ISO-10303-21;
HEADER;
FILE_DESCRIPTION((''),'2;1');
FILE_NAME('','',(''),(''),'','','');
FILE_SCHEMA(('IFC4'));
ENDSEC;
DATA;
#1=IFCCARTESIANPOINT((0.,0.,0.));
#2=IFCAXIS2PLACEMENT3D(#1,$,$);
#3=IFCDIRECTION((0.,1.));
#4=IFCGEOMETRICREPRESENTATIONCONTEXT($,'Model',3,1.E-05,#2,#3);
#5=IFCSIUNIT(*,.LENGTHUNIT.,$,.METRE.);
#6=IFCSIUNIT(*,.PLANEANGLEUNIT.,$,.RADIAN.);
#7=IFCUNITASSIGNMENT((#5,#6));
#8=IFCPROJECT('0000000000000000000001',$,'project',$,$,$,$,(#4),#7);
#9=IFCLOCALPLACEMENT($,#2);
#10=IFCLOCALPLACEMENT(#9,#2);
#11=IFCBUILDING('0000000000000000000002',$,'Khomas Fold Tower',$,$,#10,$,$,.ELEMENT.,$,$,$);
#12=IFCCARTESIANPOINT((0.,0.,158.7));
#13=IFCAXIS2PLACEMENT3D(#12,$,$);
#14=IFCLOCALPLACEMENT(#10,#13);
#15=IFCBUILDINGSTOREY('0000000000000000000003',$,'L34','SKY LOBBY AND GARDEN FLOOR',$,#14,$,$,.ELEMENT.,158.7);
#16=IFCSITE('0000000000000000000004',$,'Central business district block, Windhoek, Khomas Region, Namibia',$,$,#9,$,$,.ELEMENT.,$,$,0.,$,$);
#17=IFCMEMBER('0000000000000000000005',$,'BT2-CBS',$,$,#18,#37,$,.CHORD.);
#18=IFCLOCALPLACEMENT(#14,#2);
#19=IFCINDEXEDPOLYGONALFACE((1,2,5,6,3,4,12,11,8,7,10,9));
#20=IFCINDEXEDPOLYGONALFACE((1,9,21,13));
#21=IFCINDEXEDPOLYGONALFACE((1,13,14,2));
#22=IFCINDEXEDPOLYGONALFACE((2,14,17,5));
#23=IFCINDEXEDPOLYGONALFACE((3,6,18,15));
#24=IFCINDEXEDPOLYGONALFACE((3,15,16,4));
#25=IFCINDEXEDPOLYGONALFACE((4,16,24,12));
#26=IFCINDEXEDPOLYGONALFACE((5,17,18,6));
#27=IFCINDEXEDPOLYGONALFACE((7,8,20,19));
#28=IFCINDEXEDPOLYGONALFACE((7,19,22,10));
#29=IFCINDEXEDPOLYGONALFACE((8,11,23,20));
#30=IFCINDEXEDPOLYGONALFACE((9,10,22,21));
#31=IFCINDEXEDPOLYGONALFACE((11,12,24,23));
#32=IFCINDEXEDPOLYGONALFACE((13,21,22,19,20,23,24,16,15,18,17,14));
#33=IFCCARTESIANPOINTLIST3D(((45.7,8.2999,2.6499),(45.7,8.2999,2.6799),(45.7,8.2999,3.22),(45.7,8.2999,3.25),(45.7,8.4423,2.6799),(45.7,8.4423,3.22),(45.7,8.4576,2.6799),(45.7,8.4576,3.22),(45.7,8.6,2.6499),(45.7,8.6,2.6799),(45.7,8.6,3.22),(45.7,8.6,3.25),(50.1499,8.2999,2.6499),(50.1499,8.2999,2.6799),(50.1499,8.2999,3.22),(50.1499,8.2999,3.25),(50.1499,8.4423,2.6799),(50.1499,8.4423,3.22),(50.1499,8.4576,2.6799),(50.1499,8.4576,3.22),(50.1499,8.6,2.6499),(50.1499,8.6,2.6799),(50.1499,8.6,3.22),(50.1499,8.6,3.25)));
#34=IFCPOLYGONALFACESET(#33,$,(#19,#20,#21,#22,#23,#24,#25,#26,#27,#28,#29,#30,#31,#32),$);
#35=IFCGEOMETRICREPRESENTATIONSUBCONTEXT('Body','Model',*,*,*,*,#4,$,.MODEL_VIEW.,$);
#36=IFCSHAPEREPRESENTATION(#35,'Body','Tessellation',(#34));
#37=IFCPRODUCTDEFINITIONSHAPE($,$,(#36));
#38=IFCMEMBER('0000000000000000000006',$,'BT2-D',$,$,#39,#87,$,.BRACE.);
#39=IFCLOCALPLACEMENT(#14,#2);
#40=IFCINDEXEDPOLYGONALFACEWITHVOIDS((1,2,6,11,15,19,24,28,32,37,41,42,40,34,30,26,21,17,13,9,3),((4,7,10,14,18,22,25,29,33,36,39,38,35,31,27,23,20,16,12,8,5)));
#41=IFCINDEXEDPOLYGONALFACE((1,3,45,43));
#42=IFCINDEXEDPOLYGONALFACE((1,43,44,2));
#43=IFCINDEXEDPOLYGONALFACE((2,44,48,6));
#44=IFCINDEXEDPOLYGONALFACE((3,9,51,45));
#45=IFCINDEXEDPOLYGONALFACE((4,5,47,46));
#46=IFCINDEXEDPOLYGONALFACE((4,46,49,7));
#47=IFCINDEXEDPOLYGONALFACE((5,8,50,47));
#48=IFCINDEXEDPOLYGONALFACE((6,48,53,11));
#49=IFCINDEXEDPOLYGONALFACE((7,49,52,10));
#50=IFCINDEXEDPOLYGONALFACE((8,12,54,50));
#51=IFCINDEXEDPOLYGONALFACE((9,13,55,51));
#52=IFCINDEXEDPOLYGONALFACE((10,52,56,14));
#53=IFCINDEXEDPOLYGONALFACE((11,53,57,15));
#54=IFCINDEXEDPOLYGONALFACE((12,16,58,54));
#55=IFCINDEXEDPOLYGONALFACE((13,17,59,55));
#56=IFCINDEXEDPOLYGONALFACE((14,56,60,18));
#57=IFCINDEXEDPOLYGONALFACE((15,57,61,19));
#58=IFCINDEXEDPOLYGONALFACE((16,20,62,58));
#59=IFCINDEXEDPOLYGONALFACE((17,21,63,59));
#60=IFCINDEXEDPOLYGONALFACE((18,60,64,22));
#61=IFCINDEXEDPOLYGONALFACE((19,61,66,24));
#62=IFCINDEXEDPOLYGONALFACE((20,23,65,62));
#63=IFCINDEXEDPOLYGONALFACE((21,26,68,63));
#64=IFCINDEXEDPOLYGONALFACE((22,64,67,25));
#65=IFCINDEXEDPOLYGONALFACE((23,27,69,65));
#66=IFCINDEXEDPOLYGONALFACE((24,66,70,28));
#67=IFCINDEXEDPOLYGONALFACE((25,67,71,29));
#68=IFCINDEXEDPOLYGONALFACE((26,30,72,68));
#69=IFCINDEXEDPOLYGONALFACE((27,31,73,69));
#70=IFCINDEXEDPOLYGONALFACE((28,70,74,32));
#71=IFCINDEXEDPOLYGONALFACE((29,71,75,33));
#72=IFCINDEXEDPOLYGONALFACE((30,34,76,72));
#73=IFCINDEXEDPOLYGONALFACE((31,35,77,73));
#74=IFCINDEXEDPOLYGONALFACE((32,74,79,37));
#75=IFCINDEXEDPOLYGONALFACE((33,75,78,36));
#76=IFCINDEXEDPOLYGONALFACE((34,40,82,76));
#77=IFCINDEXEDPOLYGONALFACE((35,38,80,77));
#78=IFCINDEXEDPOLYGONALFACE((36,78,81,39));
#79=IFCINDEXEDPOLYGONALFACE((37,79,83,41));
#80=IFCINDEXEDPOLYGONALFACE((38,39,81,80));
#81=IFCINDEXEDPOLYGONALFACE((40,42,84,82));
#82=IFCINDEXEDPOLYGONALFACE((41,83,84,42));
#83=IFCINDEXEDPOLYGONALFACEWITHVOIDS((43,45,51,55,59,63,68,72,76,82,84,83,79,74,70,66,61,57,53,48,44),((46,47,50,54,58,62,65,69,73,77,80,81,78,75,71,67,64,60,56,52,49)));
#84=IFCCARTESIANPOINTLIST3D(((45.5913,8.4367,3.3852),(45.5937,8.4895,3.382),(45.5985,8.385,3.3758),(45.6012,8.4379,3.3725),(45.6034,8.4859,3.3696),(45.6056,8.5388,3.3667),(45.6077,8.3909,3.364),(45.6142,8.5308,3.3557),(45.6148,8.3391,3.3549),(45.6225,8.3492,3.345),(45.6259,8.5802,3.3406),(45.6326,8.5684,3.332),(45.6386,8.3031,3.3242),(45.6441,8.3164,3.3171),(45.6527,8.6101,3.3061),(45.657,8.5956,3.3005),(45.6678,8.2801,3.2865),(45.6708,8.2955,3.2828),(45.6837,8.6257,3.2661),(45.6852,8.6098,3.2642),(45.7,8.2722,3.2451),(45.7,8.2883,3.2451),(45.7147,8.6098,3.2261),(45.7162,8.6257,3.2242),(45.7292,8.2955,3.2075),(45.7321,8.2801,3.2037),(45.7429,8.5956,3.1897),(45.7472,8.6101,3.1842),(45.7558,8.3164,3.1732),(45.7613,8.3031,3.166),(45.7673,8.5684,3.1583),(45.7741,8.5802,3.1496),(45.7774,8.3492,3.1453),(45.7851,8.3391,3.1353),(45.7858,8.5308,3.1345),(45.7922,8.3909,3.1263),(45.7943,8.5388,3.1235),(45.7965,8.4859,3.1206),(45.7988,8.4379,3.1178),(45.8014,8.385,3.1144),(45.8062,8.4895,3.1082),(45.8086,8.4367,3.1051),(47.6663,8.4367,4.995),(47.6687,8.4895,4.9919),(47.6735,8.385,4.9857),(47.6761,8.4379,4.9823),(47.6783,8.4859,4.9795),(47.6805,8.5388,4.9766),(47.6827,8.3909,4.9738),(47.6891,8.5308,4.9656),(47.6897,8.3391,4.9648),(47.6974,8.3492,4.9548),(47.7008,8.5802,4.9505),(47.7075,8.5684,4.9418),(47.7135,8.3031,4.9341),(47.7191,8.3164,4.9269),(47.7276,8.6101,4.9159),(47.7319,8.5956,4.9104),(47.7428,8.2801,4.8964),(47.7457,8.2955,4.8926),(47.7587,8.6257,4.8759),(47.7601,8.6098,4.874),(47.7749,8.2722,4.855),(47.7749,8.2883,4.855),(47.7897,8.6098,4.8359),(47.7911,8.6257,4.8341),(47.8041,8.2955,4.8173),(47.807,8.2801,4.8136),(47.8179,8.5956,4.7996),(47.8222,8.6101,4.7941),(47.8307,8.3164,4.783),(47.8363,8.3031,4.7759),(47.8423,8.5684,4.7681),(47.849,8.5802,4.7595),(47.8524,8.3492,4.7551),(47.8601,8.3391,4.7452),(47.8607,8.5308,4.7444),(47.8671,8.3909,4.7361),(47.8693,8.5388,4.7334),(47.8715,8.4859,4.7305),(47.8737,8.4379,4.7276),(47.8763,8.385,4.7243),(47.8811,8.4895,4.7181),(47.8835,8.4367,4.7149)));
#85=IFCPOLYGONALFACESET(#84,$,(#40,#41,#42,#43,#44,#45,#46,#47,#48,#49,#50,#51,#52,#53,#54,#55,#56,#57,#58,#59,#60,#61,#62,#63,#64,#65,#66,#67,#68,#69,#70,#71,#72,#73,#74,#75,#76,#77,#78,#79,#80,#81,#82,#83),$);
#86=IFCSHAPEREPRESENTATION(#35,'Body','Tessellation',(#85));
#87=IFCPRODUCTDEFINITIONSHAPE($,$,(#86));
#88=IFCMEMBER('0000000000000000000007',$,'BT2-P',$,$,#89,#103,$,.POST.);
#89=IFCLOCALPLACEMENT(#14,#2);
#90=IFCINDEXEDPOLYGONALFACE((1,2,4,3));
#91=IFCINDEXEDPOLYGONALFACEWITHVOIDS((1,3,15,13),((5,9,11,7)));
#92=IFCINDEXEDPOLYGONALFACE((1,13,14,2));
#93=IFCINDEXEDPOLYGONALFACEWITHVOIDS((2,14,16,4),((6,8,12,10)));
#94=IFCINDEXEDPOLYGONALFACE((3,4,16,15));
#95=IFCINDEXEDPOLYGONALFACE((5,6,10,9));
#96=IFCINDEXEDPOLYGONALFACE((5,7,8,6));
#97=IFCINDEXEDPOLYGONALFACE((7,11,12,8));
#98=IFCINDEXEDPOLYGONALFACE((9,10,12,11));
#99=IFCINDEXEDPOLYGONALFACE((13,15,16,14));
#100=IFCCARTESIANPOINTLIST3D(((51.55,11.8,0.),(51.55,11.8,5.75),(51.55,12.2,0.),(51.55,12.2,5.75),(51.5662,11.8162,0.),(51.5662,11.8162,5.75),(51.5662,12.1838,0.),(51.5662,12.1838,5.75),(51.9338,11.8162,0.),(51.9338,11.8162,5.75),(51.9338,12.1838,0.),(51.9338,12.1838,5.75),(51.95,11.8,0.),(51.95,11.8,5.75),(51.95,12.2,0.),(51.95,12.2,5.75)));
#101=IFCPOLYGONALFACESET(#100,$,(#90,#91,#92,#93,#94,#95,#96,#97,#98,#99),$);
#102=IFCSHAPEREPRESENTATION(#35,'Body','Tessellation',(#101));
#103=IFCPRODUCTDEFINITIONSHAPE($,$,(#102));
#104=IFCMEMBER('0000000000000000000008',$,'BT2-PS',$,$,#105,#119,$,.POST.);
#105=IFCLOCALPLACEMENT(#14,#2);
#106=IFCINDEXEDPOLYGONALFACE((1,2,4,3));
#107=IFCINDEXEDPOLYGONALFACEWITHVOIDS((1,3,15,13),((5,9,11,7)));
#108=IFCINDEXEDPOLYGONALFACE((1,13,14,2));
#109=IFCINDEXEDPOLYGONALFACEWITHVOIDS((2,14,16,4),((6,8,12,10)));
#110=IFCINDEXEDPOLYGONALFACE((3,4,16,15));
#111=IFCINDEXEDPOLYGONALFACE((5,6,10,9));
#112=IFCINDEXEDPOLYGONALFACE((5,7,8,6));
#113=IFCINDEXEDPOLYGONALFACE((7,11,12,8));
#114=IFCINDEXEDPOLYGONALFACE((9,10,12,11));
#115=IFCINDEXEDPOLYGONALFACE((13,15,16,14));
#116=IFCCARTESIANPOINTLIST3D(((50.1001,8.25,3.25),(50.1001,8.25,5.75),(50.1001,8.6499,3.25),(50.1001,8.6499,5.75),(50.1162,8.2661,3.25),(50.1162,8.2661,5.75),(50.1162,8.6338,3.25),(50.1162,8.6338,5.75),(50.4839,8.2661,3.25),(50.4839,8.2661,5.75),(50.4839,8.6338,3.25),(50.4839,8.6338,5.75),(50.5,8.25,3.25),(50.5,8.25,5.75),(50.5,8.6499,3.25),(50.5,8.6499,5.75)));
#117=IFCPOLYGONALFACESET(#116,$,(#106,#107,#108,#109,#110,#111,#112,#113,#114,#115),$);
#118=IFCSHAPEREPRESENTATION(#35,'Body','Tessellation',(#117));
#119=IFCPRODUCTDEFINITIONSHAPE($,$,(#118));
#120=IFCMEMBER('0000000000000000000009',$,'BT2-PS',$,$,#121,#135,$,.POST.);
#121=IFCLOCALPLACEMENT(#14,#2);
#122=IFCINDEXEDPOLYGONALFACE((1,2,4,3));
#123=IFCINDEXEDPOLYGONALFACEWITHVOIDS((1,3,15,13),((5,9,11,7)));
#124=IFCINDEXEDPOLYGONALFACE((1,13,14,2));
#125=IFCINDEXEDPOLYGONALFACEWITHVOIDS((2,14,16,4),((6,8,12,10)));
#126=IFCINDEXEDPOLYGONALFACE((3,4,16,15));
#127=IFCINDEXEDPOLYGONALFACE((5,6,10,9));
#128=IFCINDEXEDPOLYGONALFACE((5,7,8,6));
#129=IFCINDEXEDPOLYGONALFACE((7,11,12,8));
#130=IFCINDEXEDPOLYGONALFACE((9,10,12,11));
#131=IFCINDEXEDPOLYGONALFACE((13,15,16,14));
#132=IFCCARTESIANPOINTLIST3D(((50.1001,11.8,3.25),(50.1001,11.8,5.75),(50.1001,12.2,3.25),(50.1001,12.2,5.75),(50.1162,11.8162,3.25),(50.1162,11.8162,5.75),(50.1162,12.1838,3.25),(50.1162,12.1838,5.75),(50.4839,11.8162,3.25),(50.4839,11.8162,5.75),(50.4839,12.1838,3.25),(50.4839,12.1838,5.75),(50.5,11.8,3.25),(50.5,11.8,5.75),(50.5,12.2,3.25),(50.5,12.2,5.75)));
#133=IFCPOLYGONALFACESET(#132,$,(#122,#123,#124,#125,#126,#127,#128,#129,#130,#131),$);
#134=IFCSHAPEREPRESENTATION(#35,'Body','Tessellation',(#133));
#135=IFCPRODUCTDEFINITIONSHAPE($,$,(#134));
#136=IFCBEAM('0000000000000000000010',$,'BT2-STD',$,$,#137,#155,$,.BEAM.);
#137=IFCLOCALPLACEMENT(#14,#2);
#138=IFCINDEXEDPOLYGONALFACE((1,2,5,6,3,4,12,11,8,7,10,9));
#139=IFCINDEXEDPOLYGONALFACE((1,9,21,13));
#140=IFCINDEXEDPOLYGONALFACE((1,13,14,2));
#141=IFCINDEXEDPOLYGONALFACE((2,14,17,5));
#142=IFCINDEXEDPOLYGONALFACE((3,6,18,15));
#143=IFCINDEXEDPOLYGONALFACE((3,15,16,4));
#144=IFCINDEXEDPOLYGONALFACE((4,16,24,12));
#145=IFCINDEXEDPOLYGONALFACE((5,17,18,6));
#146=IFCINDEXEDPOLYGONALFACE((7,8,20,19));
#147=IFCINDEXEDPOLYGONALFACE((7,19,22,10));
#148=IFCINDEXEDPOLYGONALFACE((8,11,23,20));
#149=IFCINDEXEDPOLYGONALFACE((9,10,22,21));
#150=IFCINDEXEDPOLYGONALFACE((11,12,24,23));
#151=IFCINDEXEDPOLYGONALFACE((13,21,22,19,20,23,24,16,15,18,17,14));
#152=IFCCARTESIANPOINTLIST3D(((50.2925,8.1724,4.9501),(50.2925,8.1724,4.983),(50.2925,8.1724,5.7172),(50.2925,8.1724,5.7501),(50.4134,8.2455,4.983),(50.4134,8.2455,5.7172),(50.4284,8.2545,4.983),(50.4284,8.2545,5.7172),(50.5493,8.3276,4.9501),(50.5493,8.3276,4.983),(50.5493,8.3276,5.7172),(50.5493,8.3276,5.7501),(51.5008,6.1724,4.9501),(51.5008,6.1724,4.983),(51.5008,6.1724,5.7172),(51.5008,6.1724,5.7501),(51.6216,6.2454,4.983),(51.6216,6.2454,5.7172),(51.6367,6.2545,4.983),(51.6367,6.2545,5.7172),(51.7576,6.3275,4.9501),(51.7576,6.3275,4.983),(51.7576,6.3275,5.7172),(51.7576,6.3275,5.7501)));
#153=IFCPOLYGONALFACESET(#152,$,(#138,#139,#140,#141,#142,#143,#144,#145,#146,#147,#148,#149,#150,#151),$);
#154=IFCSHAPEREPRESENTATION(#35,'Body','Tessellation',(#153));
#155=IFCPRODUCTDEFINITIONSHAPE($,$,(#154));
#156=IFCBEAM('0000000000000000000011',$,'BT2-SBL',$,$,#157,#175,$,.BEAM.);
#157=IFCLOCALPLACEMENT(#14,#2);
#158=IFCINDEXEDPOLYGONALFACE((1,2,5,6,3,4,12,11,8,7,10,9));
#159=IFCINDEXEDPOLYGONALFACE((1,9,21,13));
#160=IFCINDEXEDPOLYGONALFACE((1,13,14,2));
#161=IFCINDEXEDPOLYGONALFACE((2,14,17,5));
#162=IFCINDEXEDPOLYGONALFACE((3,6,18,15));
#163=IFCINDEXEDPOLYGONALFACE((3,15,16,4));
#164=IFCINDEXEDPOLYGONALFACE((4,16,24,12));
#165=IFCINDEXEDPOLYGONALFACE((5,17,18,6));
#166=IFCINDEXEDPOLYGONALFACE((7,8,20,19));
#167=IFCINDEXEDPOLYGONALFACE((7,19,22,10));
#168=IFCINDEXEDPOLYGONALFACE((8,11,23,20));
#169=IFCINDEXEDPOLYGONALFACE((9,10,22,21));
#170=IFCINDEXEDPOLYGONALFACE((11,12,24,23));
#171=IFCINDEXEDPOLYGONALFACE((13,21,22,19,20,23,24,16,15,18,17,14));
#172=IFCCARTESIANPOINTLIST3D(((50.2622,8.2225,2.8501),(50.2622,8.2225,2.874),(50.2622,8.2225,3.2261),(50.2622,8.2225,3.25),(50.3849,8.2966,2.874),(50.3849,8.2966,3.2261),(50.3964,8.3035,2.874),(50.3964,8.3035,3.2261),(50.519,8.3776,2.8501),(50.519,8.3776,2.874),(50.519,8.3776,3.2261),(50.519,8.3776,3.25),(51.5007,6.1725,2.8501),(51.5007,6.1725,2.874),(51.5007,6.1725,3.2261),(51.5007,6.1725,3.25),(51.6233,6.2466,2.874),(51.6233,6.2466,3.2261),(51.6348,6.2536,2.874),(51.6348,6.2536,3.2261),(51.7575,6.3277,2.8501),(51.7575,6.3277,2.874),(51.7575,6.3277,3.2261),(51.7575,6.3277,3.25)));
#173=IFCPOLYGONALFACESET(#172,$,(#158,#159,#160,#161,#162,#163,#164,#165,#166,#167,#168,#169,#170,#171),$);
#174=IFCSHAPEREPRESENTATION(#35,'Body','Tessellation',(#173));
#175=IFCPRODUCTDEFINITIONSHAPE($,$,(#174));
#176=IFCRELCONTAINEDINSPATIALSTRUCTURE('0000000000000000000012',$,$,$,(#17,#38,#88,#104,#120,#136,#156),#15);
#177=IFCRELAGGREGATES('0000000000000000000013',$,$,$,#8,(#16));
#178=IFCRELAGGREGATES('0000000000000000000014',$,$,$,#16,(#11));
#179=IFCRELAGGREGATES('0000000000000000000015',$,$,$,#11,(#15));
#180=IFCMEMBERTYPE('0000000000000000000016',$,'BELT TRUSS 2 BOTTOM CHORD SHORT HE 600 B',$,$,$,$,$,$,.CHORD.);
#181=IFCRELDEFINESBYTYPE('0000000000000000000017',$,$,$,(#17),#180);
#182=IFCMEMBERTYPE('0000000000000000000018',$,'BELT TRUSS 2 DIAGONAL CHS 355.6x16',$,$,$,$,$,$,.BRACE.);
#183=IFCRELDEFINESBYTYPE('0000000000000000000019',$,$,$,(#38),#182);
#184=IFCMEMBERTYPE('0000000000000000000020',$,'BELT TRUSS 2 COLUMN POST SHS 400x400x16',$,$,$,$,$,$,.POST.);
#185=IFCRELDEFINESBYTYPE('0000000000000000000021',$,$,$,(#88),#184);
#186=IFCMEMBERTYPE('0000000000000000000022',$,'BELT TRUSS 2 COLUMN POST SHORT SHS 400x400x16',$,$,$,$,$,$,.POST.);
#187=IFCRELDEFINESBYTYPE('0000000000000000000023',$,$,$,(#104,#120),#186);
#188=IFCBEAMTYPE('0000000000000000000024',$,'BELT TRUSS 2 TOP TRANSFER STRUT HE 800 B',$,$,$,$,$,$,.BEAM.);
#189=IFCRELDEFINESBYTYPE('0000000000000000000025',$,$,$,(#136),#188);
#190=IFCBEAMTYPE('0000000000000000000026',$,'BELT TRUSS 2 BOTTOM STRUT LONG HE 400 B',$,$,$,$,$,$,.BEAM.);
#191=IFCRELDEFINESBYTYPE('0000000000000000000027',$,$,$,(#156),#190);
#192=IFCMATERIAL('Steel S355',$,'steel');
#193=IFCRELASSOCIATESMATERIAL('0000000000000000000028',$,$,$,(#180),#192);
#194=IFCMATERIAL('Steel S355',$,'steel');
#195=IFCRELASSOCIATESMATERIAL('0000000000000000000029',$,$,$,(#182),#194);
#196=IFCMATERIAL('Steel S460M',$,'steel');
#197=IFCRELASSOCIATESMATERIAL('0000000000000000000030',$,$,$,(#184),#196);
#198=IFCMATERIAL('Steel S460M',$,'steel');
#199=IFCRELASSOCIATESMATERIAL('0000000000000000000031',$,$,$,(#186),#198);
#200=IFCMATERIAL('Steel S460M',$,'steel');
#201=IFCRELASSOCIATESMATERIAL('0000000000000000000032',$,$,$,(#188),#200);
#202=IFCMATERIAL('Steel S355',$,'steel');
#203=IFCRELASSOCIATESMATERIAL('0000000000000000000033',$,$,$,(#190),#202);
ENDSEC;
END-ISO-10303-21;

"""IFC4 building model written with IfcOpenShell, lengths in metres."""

from ifc_helpers import new_model, si_unit, direction, frame, origin, origin_2d, place, context, subcontext, project, spatial, hollow_rectangle, hollow_circle, i_section, extrude, source, transform, mapped, material, material_profile, profile_set, type_object, element, save


model = new_model("IFC4")

# Units and contexts
model_context = context("Model", 3, precision=1e-05, world=origin(), true_north=direction((0.0, 1.0)))
body_context = subcontext(model_context, "Body", "Model", "MODEL_VIEW")
ifc_project = project(units=[si_unit("LENGTHUNIT", "METRE"), si_unit("PLANEANGLEUNIT", "RADIAN")], contexts=[model_context])

# Site, building, storey
site_placement = place(None, origin())
site = spatial("IfcSite", under=ifc_project, at=site_placement, Name="Central business district block, Windhoek, Khomas Region, Namibia", CompositionType="ELEMENT", RefElevation=0.0)
building_placement = place(site_placement, origin())
building = spatial("IfcBuilding", under=site, at=building_placement, Name="Khomas Fold Tower", CompositionType="ELEMENT")
storey_placement = place(building_placement, frame((0.0, 0.0, 158.7)))
storey = spatial("IfcBuildingStorey", under=building, at=storey_placement, Name="L34", Description="SKY LOBBY AND GARDEN FLOOR", CompositionType="ELEMENT", Elevation=158.7)

# Members
ifc_material_1 = material(Name="Steel S355", Category="steel")
ifc_material_profile_1 = material_profile(ifc_material_1, i_section(OverallWidth=0.3, OverallDepth=0.6001, WebThickness=0.0154, FlangeThickness=0.03, at=origin_2d()), Name="HE 600 B")
ifc_profile_set_1 = profile_set([ifc_material_profile_1], Name="Steel S355")
member_type_1 = type_object("IfcMemberType", Name="BELT TRUSS 2 BOTTOM CHORD SHORT HE 600 B", PredefinedType="CHORD", material=ifc_profile_set_1)
ifc_material_2 = material(Name="Steel S355", Category="steel")
ifc_material_profile_2 = material_profile(ifc_material_2, hollow_circle(Radius=0.1777, WallThickness=0.0161, at=origin_2d()), Name="CHS 355.6x16")
ifc_profile_set_2 = profile_set([ifc_material_profile_2], Name="Steel S355")
member_type_2 = type_object("IfcMemberType", Name="BELT TRUSS 2 DIAGONAL CHS 355.6x16", PredefinedType="BRACE", material=ifc_profile_set_2)
shared_shape_1 = source(origin(), body_context, "Body", "SweptSolid", [
    extrude(i_section(OverallWidth=0.3, OverallDepth=0.6001, WebThickness=0.0154, FlangeThickness=0.03, at=origin_2d()), origin(), (0.0, 0.0, 1.0), 4.45),
])
member_1_placement = place(storey_placement, frame((50.1499, 8.45, 2.95), z_axis=(-1.0, 0.0, 0.0), x_axis=(0.0, -1.0, 0.0)))
element("IfcMember", 1, at=member_1_placement, inside=storey, type_object=member_type_1, Name="BT2-CBS", PredefinedType="CHORD", context=body_context, shape_type="MappedRepresentation", body=[
    mapped(shared_shape_1, transform((0.0, 0.0, 0.0))),
])
shared_shape_2 = source(origin(), body_context, "Body", "SweptSolid", [
    extrude(hollow_circle(Radius=0.1777, WallThickness=0.0161, at=origin_2d()), origin(), (0.0, 0.0, 1.0), 2.6262),
])
member_2_placement = place(storey_placement, frame((47.7749, 8.45, 4.855), z_axis=(-0.790087, 0.0, -0.612994), x_axis=(0.0, -1.0, 0.0)))
element("IfcMember", 2, at=member_2_placement, inside=storey, type_object=member_type_2, Name="BT2-D", PredefinedType="BRACE", context=body_context, shape_type="MappedRepresentation", body=[
    mapped(shared_shape_2, transform((0.0, 0.0, 0.0))),
])
ifc_material_3 = material(Name="Steel S460M", Category="steel")
ifc_material_profile_3 = material_profile(ifc_material_3, hollow_rectangle(XDim=0.3999, YDim=0.3999, WallThickness=0.0161, at=origin_2d()), Name="SHS 400x400x16")
ifc_profile_set_3 = profile_set([ifc_material_profile_3], Name="Steel S460M")
member_type_3 = type_object("IfcMemberType", Name="BELT TRUSS 2 COLUMN POST SHS 400x400x16", PredefinedType="POST", material=ifc_profile_set_3)
shared_shape_3 = source(origin(), body_context, "Body", "SweptSolid", [
    extrude(hollow_rectangle(XDim=0.3999, YDim=0.3999, WallThickness=0.0161, at=origin_2d()), origin(), (0.0, 0.0, 1.0), 5.75),
])
member_3_placement = place(storey_placement, frame((51.75, 12.0, 0.0), z_axis=(0.0, 0.0, 1.0), x_axis=(1.0, 0.0, 0.0)))
element("IfcMember", 3, at=member_3_placement, inside=storey, type_object=member_type_3, Name="BT2-P", PredefinedType="POST", context=body_context, shape_type="MappedRepresentation", body=[
    mapped(shared_shape_3, transform((0.0, 0.0, 0.0))),
])
ifc_material_4 = material(Name="Steel S460M", Category="steel")
ifc_material_profile_4 = material_profile(ifc_material_4, hollow_rectangle(XDim=0.3999, YDim=0.3999, WallThickness=0.0161, at=origin_2d()), Name="SHS 400x400x16")
ifc_profile_set_4 = profile_set([ifc_material_profile_4], Name="Steel S460M")
member_type_4 = type_object("IfcMemberType", Name="BELT TRUSS 2 COLUMN POST SHORT SHS 400x400x16", PredefinedType="POST", material=ifc_profile_set_4)
shared_shape_4 = source(origin(), body_context, "Body", "SweptSolid", [
    extrude(hollow_rectangle(XDim=0.3999, YDim=0.3999, WallThickness=0.0161, at=origin_2d()), origin(), (0.0, 0.0, 1.0), 2.5),
])
for number, where, z_axis, x_axis, name in (
    (4, (50.3, 8.45, 3.25), (0.0, 0.0, 1.0), (1.0, 0.0, 0.0), "BT2-PS"),
    (5, (50.3, 12.0, 3.25), (0.0, 0.0, 1.0), (1.0, 0.0, 0.0), "BT2-PS"),
):
    element("IfcMember", number, at=place(storey_placement, frame(where, z_axis=z_axis, x_axis=x_axis)), inside=storey, type_object=member_type_4, Name=name, PredefinedType="POST", context=body_context, shape_type="MappedRepresentation", body=[
        mapped(shared_shape_4, transform((0.0, 0.0, 0.0))),
    ])

# Beams
ifc_material_5 = material(Name="Steel S460M", Category="steel")
ifc_material_profile_5 = material_profile(ifc_material_5, i_section(OverallWidth=0.3, OverallDepth=0.8, WebThickness=0.0176, FlangeThickness=0.033, at=origin_2d()), Name="HE 800 B")
ifc_profile_set_5 = profile_set([ifc_material_profile_5], Name="Steel S460M")
beam_type_1 = type_object("IfcBeamType", Name="BELT TRUSS 2 TOP TRANSFER STRUT HE 800 B", PredefinedType="BEAM", material=ifc_profile_set_5)
shared_shape_5 = source(origin(), body_context, "Body", "SweptSolid", [
    extrude(i_section(OverallWidth=0.3, OverallDepth=0.8, WebThickness=0.0176, FlangeThickness=0.033, at=origin_2d()), origin(), (0.0, 0.0, 1.0), 2.3367),
])
beam_1_placement = place(storey_placement, frame((50.4209, 8.25, 5.3501), z_axis=(0.51709, -0.855931, 0.0), x_axis=(0.855931, 0.51709, 0.0)))
element("IfcBeam", 6, at=beam_1_placement, inside=storey, type_object=beam_type_1, Name="BT2-STD", PredefinedType="BEAM", context=body_context, shape_type="MappedRepresentation", body=[
    mapped(shared_shape_5, transform((0.0, 0.0, 0.0))),
])
ifc_material_6 = material(Name="Steel S355", Category="steel")
ifc_material_profile_6 = material_profile(ifc_material_6, i_section(OverallWidth=0.3, OverallDepth=0.3999, WebThickness=0.0134, FlangeThickness=0.0239, at=origin_2d()), Name="HE 400 B")
ifc_profile_set_6 = profile_set([ifc_material_profile_6], Name="Steel S355")
beam_type_2 = type_object("IfcBeamType", Name="BELT TRUSS 2 BOTTOM STRUT LONG HE 400 B", PredefinedType="BEAM", material=ifc_profile_set_6)
shared_shape_6 = source(origin(), body_context, "Body", "SweptSolid", [
    extrude(i_section(OverallWidth=0.3, OverallDepth=0.3999, WebThickness=0.0134, FlangeThickness=0.0239, at=origin_2d()), origin(), (0.0, 0.0, 1.0), 2.395),
])
beam_2_placement = place(storey_placement, frame((50.3906, 8.3, 3.05), z_axis=(0.517102, -0.855924, 0.0), x_axis=(0.855924, 0.517102, 0.0)))
element("IfcBeam", 7, at=beam_2_placement, inside=storey, type_object=beam_type_2, Name="BT2-SBL", PredefinedType="BEAM", context=body_context, shape_type="MappedRepresentation", body=[
    mapped(shared_shape_6, transform((0.0, 0.0, 0.0))),
])

save(model, "model.ifc")
